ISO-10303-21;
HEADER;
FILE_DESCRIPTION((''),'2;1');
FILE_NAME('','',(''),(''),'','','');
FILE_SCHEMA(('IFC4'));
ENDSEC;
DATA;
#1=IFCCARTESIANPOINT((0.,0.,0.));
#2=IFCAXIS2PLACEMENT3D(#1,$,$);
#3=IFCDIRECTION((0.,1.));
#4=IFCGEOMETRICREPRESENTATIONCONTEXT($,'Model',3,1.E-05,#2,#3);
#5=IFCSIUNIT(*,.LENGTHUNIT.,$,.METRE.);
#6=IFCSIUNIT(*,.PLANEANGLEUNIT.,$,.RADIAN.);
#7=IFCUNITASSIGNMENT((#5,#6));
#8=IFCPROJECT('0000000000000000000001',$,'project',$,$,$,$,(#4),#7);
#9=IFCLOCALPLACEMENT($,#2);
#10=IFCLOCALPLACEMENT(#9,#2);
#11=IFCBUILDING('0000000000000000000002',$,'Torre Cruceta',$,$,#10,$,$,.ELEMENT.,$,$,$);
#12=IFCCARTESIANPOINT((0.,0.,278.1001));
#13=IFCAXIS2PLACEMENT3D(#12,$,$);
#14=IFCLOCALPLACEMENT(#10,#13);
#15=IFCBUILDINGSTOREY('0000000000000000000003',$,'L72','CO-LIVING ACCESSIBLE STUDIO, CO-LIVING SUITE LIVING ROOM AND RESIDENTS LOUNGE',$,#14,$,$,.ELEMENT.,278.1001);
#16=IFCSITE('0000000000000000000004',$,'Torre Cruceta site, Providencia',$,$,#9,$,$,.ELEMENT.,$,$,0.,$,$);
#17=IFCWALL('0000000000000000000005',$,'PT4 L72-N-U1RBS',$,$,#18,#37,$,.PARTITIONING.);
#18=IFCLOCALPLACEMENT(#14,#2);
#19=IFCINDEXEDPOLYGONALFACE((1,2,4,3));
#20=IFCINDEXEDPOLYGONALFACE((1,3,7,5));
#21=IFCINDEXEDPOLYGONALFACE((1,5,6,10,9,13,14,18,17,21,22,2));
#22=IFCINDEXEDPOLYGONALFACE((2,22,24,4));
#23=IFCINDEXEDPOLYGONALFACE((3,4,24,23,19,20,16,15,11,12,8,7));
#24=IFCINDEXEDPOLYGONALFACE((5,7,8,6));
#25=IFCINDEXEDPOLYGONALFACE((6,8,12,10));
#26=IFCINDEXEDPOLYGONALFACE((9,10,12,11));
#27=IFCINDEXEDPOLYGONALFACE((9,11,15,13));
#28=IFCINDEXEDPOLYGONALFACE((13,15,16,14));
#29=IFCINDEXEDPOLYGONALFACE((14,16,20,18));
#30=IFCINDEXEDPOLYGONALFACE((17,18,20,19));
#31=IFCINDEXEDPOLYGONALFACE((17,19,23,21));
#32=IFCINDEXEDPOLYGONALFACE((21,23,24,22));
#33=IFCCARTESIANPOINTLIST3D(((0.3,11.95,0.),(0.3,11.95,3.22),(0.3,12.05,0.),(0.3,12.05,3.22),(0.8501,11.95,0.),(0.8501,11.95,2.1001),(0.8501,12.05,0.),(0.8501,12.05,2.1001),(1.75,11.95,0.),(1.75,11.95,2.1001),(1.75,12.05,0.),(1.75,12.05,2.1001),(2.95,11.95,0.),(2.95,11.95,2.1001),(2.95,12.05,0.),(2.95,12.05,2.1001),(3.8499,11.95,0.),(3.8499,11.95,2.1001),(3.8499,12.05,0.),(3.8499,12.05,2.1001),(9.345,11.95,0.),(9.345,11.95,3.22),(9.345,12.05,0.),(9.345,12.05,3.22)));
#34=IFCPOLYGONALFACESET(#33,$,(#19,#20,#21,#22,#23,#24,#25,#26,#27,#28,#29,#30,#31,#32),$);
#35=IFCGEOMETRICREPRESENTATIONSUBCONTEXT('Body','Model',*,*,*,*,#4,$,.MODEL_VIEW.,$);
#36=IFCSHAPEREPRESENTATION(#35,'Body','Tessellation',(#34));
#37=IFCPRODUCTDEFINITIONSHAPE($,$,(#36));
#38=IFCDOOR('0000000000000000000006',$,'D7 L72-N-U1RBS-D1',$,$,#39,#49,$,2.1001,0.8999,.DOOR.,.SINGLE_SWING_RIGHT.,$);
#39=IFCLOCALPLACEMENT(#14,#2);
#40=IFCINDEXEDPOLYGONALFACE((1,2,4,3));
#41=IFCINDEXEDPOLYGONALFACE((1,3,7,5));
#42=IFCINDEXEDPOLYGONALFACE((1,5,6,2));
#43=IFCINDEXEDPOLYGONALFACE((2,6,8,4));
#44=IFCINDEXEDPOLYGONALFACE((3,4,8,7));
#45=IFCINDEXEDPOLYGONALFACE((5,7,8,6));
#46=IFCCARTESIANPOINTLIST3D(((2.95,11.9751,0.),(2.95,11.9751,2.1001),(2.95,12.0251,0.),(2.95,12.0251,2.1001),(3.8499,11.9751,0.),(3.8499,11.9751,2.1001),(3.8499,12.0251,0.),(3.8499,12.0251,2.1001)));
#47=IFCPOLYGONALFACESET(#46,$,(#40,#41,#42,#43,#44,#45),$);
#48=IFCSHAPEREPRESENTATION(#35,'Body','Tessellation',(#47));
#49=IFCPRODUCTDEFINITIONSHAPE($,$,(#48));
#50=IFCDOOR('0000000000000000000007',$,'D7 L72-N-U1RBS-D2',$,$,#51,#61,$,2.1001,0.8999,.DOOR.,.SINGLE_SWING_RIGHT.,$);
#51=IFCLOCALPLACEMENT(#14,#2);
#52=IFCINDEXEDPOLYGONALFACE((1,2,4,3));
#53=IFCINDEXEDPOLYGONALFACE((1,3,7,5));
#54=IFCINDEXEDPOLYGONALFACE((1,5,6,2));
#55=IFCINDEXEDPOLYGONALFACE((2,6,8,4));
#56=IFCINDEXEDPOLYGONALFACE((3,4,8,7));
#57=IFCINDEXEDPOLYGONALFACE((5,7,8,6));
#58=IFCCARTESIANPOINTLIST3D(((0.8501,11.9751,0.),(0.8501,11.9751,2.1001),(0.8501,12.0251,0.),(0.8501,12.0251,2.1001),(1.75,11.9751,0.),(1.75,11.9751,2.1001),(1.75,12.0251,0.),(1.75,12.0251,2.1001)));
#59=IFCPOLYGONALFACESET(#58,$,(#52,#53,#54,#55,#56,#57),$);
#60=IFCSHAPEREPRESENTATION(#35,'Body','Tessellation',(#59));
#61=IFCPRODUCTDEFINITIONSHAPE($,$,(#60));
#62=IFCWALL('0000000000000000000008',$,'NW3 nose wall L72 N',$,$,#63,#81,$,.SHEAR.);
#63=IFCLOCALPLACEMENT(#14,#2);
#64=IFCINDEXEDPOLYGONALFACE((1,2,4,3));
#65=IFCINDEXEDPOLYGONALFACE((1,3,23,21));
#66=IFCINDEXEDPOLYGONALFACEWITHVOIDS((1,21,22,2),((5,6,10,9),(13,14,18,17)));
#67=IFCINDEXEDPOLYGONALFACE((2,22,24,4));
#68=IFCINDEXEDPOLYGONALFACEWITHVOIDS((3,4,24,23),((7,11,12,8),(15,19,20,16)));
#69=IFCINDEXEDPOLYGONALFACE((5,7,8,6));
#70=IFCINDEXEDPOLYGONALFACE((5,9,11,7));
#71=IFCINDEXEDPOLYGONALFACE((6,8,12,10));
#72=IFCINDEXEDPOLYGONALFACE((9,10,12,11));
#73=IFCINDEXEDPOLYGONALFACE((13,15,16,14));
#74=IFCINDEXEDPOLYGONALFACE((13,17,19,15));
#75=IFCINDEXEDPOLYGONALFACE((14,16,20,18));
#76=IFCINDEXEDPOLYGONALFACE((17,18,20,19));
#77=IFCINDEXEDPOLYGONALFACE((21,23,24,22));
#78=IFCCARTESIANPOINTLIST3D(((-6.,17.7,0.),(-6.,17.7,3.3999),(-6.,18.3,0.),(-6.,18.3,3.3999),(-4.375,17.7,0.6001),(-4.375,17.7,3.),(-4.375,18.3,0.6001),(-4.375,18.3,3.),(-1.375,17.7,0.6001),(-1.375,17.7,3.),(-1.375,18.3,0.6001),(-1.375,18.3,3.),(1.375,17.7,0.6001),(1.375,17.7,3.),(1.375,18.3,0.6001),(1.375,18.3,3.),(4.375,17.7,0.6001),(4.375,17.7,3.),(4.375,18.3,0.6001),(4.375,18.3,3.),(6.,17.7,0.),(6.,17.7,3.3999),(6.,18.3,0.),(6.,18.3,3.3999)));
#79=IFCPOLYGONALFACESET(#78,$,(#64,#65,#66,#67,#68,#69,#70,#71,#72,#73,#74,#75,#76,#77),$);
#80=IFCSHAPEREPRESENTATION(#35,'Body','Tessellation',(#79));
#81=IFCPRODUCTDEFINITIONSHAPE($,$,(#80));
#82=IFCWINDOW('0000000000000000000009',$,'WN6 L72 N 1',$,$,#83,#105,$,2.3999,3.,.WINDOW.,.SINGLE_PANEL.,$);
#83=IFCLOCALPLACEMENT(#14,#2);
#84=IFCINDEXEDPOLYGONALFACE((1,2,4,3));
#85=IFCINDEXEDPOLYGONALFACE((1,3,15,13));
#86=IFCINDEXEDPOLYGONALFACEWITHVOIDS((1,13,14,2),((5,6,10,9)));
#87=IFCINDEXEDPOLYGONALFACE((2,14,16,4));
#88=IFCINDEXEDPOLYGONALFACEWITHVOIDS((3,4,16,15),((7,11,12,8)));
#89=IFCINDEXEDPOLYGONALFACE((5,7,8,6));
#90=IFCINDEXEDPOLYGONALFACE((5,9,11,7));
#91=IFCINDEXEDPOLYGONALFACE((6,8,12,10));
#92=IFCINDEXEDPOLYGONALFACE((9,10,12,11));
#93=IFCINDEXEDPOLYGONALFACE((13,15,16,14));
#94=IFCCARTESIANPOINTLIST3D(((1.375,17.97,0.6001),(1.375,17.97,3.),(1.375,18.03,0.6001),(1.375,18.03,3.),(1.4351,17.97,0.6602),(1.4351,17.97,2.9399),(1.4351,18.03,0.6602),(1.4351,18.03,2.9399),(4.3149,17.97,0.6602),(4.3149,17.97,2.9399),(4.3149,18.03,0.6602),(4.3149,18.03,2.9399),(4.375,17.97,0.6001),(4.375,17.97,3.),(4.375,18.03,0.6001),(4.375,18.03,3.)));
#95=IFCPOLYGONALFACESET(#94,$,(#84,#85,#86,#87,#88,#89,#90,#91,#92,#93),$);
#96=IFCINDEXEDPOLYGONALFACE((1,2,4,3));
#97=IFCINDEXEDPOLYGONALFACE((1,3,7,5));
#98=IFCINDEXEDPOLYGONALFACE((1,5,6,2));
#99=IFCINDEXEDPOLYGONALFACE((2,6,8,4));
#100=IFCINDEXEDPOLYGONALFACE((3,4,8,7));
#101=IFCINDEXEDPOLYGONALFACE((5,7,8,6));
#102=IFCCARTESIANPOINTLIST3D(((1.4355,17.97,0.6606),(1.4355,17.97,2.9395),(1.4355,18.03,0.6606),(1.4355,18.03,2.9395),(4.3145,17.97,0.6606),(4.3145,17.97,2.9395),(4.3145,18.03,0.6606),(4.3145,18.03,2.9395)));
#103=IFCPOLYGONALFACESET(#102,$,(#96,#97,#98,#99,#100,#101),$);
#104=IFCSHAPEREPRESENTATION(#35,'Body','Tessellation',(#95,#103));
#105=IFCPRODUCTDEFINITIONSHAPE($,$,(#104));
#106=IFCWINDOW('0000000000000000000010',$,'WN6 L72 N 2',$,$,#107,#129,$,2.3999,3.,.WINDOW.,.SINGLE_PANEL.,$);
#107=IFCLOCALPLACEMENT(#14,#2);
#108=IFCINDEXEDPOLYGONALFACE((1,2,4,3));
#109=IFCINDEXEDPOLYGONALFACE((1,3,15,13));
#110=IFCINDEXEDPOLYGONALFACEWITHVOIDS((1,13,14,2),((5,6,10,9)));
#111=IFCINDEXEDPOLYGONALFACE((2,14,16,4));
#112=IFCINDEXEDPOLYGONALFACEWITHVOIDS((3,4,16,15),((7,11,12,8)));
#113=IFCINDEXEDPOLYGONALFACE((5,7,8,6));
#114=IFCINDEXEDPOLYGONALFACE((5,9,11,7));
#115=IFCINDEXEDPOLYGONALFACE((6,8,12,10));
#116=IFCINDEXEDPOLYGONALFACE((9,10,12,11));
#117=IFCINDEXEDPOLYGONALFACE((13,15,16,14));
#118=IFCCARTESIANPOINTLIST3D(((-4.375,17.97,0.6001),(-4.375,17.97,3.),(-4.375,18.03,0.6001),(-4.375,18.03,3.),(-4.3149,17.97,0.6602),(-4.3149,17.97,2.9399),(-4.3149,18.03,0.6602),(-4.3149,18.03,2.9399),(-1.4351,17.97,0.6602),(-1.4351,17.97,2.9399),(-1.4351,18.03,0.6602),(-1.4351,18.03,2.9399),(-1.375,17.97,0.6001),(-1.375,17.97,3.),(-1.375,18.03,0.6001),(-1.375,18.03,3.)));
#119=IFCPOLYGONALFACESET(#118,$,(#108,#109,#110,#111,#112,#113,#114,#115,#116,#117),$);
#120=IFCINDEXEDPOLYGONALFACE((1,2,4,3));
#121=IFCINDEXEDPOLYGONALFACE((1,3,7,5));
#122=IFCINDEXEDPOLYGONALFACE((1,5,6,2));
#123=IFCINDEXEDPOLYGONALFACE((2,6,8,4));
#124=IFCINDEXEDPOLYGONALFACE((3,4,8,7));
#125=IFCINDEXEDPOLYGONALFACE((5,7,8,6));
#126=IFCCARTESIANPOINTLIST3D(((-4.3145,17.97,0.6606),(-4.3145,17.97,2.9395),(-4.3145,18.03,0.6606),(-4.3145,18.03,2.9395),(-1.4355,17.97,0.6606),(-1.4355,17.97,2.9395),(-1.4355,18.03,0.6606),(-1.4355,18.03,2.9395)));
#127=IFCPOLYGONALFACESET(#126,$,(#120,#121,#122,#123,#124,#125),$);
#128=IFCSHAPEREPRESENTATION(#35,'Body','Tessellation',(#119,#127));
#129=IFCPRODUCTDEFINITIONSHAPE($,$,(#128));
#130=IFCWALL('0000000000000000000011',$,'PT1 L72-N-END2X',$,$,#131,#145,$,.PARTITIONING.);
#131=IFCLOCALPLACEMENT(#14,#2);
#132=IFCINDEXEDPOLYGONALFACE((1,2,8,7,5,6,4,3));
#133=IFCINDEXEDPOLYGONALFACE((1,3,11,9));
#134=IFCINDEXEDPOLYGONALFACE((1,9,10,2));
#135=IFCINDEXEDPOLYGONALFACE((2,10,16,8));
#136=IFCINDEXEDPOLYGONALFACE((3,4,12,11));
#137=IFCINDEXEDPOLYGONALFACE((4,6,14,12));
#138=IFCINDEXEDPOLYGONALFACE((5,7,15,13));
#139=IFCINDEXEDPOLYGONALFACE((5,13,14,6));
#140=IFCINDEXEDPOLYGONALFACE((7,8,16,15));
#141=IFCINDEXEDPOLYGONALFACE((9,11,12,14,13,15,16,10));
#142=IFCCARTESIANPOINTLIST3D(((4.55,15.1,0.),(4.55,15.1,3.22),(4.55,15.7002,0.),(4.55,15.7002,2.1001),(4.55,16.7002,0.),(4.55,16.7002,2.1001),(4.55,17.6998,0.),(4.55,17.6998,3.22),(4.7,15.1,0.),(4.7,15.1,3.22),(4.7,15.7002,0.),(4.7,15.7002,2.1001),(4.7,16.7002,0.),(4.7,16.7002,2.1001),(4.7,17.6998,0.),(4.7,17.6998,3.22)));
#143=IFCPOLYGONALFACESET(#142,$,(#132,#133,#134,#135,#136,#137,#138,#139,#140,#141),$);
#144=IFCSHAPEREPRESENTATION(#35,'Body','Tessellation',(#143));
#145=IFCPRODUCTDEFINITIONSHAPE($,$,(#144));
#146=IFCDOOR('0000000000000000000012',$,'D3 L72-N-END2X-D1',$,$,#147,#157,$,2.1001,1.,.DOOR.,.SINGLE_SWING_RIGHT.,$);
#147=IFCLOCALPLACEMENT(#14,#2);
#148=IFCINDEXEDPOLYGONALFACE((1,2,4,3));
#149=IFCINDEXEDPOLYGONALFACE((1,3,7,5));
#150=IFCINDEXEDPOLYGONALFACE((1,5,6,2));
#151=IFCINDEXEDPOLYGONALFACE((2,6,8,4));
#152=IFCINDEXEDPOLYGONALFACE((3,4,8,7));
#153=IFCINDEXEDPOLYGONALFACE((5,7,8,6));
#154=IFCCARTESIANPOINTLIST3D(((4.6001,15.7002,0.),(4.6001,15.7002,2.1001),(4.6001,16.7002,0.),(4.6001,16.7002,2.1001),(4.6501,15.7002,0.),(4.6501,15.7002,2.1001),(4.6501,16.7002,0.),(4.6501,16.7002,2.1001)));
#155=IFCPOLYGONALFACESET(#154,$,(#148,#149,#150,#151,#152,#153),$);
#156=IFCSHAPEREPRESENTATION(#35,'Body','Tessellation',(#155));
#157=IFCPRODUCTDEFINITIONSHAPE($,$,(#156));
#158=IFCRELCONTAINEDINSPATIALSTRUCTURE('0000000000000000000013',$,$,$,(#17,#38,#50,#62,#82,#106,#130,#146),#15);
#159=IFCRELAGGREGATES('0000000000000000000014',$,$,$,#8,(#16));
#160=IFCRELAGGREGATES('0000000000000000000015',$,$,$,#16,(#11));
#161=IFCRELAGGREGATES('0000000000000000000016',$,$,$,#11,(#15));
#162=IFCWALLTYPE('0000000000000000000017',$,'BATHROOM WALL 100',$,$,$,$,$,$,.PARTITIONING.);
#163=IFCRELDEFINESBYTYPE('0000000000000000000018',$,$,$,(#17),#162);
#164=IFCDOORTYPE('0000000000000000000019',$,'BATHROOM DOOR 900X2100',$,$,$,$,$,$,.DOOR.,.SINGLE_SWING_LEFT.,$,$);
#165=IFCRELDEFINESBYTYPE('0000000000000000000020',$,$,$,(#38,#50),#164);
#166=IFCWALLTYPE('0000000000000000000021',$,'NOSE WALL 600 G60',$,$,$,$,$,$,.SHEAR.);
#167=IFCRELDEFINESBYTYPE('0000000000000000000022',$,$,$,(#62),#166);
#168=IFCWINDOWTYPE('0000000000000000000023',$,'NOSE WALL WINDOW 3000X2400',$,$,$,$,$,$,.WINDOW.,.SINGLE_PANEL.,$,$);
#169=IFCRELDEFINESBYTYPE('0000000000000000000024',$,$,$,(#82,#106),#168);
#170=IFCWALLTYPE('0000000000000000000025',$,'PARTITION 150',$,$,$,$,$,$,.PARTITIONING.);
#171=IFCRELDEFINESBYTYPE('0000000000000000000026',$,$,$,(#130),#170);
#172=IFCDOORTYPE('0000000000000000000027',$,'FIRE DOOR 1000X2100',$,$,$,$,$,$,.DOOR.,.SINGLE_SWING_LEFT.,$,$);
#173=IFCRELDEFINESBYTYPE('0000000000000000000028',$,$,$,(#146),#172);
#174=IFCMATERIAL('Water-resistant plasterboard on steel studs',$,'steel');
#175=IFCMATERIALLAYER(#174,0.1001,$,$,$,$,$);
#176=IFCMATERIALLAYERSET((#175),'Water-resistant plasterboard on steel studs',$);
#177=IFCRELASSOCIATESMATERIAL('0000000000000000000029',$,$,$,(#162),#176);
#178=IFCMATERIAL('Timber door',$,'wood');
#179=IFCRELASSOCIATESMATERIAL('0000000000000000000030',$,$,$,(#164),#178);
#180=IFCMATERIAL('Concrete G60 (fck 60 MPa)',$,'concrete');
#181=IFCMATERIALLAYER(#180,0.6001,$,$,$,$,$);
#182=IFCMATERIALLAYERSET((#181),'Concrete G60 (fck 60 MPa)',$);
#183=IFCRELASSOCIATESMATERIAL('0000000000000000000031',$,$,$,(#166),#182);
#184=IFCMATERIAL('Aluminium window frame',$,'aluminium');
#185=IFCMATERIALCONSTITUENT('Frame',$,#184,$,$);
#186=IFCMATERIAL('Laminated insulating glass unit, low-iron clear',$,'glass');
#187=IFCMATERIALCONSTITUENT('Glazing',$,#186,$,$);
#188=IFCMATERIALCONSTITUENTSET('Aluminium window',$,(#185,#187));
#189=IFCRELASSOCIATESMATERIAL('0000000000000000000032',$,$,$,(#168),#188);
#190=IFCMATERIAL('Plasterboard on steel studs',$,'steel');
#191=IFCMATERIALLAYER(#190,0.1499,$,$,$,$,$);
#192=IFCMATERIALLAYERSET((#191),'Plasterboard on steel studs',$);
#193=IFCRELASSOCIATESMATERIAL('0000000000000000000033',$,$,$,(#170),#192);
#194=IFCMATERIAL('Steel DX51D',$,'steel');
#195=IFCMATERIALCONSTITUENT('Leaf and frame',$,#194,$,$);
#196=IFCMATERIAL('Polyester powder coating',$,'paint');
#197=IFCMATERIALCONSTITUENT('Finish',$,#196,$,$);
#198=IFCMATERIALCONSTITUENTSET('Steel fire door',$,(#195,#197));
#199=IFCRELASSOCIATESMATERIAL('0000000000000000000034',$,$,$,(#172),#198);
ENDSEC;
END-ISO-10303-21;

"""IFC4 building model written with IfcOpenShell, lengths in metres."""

from ifc_helpers import new_model, si_unit, direction, frame, frame_2d, origin, place, context, subcontext, project, spatial, rectangle, hollow_rectangle, extrude, material, layer, layer_set, constituent, constituent_set, type_object, element, fill, save


model = new_model("IFC4")

# Units and contexts
model_context = context("Model", 3, precision=1e-05, world=origin(), true_north=direction((0.0, 1.0)))
body_context = subcontext(model_context, "Body", "Model", "MODEL_VIEW")
ifc_project = project(units=[si_unit("LENGTHUNIT", "METRE"), si_unit("PLANEANGLEUNIT", "RADIAN")], contexts=[model_context])

# Site, building, storey
site_placement = place(None, origin())
site = spatial("IfcSite", under=ifc_project, at=site_placement, Name="Torre Cruceta site, Providencia", CompositionType="ELEMENT", RefElevation=0.0)
building_placement = place(site_placement, origin())
building = spatial("IfcBuilding", under=site, at=building_placement, Name="Torre Cruceta", CompositionType="ELEMENT")
storey_placement = place(building_placement, frame((0.0, 0.0, 278.1001)))
storey = spatial("IfcBuildingStorey", under=building, at=storey_placement, Name="L72", Description="CO-LIVING ACCESSIBLE STUDIO, CO-LIVING SUITE LIVING ROOM AND RESIDENTS LOUNGE", CompositionType="ELEMENT", Elevation=278.1001)

# Shared definitions
ifc_material_1 = material(Name="Water-resistant plasterboard on steel studs", Category="steel")
ifc_layer_1 = layer(ifc_material_1, 0.1001)
ifc_layer_set_1 = layer_set([ifc_layer_1], Name="Water-resistant plasterboard on steel studs")
wall_type_1 = type_object("IfcWallType", Name="BATHROOM WALL 100", PredefinedType="PARTITIONING", material=ifc_layer_set_1)

# Wall, openings, doors
wall_1_placement = place(storey_placement, frame((9.345, 12.0, 0.0), z_axis=(0.0, 0.0, 1.0), x_axis=(-1.0, 0.0, 0.0)))
wall_1 = element("IfcWall", 1, at=wall_1_placement, inside=storey, type_object=wall_type_1, Name="PT4 L72-N-U1RBS", PredefinedType="PARTITIONING", context=body_context, shape_type="SweptSolid", body=[
    extrude(rectangle(XDim=9.0449, YDim=0.1001, at=frame_2d((4.5225, 0.0))), origin(), (0.0, 0.0, 1.0), 3.22),
])
opening_1_placement = place(wall_1_placement, frame((5.4951, 0.0, 0.0)))
opening_1 = element("IfcOpeningElement", 2, at=opening_1_placement, cuts=wall_1, PredefinedType="OPENING", context=body_context, shape_type="SweptSolid", body=[
    extrude(rectangle(XDim=0.8999, YDim=2.1001, at=frame_2d((0.45, 1.05))), frame((0.0, 0.0601, 0.0), z_axis=(0.0, -1.0, 0.0), x_axis=(1.0, 0.0, 0.0)), (0.0, 0.0, 1.0), 0.1201),
])
opening_2_placement = place(wall_1_placement, frame((7.595, 0.0, 0.0)))
opening_2 = element("IfcOpeningElement", 3, at=opening_2_placement, cuts=wall_1, PredefinedType="OPENING", context=body_context, shape_type="SweptSolid", body=[
    extrude(rectangle(XDim=0.8999, YDim=2.1001, at=frame_2d((0.45, 1.05))), frame((0.0, 0.0601, 0.0), z_axis=(0.0, -1.0, 0.0), x_axis=(1.0, 0.0, 0.0)), (0.0, 0.0, 1.0), 0.1201),
])
ifc_material_2 = material(Name="Timber door", Category="wood")
door_type_1 = type_object("IfcDoorType", Name="BATHROOM DOOR 900X2100", OperationType="SINGLE_SWING_LEFT", PredefinedType="DOOR", material=ifc_material_2)
door_1_placement = place(opening_1_placement, origin())
door_1 = element("IfcDoor", 4, at=door_1_placement, inside=storey, type_object=door_type_1, Name="D7 L72-N-U1RBS-D1", OperationType="SINGLE_SWING_RIGHT", OverallHeight=2.1001, OverallWidth=0.8999, PredefinedType="DOOR", context=body_context, shape_type="SweptSolid", body=[
    extrude(rectangle(XDim=0.8999, YDim=2.1001, at=frame_2d((0.45, 1.05))), frame((0.0, 0.0249, 0.0), z_axis=(0.0, -1.0, 0.0), x_axis=(1.0, 0.0, 0.0)), (0.0, 0.0, 1.0), 0.05),
])
fill(opening_1, door_1)
door_2_placement = place(opening_2_placement, origin())
door_2 = element("IfcDoor", 5, at=door_2_placement, inside=storey, type_object=door_type_1, Name="D7 L72-N-U1RBS-D2", OperationType="SINGLE_SWING_RIGHT", OverallHeight=2.1001, OverallWidth=0.8999, PredefinedType="DOOR", context=body_context, shape_type="SweptSolid", body=[
    extrude(rectangle(XDim=0.8999, YDim=2.1001, at=frame_2d((0.45, 1.05))), frame((0.0, 0.0249, 0.0), z_axis=(0.0, -1.0, 0.0), x_axis=(1.0, 0.0, 0.0)), (0.0, 0.0, 1.0), 0.05),
])
fill(opening_2, door_2)

# Wall, openings, windows
ifc_material_3 = material(Name="Concrete G60 (fck 60 MPa)", Category="concrete")
ifc_layer_2 = layer(ifc_material_3, 0.6001)
ifc_layer_set_2 = layer_set([ifc_layer_2], Name="Concrete G60 (fck 60 MPa)")
wall_type_2 = type_object("IfcWallType", Name="NOSE WALL 600 G60", PredefinedType="SHEAR", material=ifc_layer_set_2)
wall_2_placement = place(storey_placement, frame((6.0, 18.0, 0.0), z_axis=(0.0, 0.0, 1.0), x_axis=(-1.0, 0.0, 0.0)))
wall_2 = element("IfcWall", 6, at=wall_2_placement, inside=storey, type_object=wall_type_2, Name="NW3 nose wall L72 N", PredefinedType="SHEAR", context=body_context, shape_type="SweptSolid", body=[
    extrude(rectangle(XDim=12.0, YDim=0.6001, at=frame_2d((6.0, 0.0))), origin(), (0.0, 0.0, 1.0), 3.3999),
])
opening_3_placement = place(wall_2_placement, frame((1.625, 0.0, 0.6001)))
opening_3 = element("IfcOpeningElement", 7, at=opening_3_placement, cuts=wall_2, PredefinedType="OPENING", context=body_context, shape_type="SweptSolid", body=[
    extrude(rectangle(XDim=3.0, YDim=2.3999, at=frame_2d((1.5, 1.2))), frame((0.0, 0.3101, 0.0), z_axis=(0.0, -1.0, 0.0), x_axis=(1.0, 0.0, 0.0)), (0.0, 0.0, 1.0), 0.6201),
])
opening_4_placement = place(wall_2_placement, frame((7.375, 0.0, 0.6001)))
opening_4 = element("IfcOpeningElement", 8, at=opening_4_placement, cuts=wall_2, PredefinedType="OPENING", context=body_context, shape_type="SweptSolid", body=[
    extrude(rectangle(XDim=3.0, YDim=2.3999, at=frame_2d((1.5, 1.2))), frame((0.0, 0.3101, 0.0), z_axis=(0.0, -1.0, 0.0), x_axis=(1.0, 0.0, 0.0)), (0.0, 0.0, 1.0), 0.6201),
])
ifc_material_4 = material(Name="Aluminium window frame", Category="aluminium")
ifc_constituent_1 = constituent(ifc_material_4, Name="Frame")
ifc_material_5 = material(Name="Laminated insulating glass unit, low-iron clear", Category="glass")
ifc_constituent_2 = constituent(ifc_material_5, Name="Glazing")
ifc_constituent_set_1 = constituent_set(constituents=[ifc_constituent_1, ifc_constituent_2], Name="Aluminium window")
window_type = type_object("IfcWindowType", Name="NOSE WALL WINDOW 3000X2400", PartitioningType="SINGLE_PANEL", PredefinedType="WINDOW", material=ifc_constituent_set_1)
window_1_placement = place(opening_3_placement, origin())
window_1 = element("IfcWindow", 9, at=window_1_placement, inside=storey, type_object=window_type, Name="WN6 L72 N 1", OverallHeight=2.3999, OverallWidth=3.0, PartitioningType="SINGLE_PANEL", PredefinedType="WINDOW", context=body_context, shape_type="SweptSolid", body=[
    extrude(hollow_rectangle(XDim=3.0, YDim=2.3999, WallThickness=0.0601, at=frame_2d((1.5, 1.2))), frame((0.0, 0.03, 0.0), z_axis=(0.0, -1.0, 0.0), x_axis=(1.0, 0.0, 0.0)), (0.0, 0.0, 1.0), 0.0601),
    extrude(rectangle(XDim=2.8789, YDim=2.2788, at=frame_2d((1.5, 1.2))), frame((0.0, 0.03, 0.0), z_axis=(0.0, -1.0, 0.0), x_axis=(1.0, 0.0, 0.0)), (0.0, 0.0, 1.0), 0.0601),
])
fill(opening_3, window_1)
window_2_placement = place(opening_4_placement, origin())
window_2 = element("IfcWindow", 10, at=window_2_placement, inside=storey, type_object=window_type, Name="WN6 L72 N 2", OverallHeight=2.3999, OverallWidth=3.0, PartitioningType="SINGLE_PANEL", PredefinedType="WINDOW", context=body_context, shape_type="SweptSolid", body=[
    extrude(hollow_rectangle(XDim=3.0, YDim=2.3999, WallThickness=0.0601, at=frame_2d((1.5, 1.2))), frame((0.0, 0.03, 0.0), z_axis=(0.0, -1.0, 0.0), x_axis=(1.0, 0.0, 0.0)), (0.0, 0.0, 1.0), 0.0601),
    extrude(rectangle(XDim=2.8789, YDim=2.2788, at=frame_2d((1.5, 1.2))), frame((0.0, 0.03, 0.0), z_axis=(0.0, -1.0, 0.0), x_axis=(1.0, 0.0, 0.0)), (0.0, 0.0, 1.0), 0.0601),
])
fill(opening_4, window_2)

# Wall, opening, door
ifc_material_6 = material(Name="Plasterboard on steel studs", Category="steel")
ifc_layer_3 = layer(ifc_material_6, 0.1499)
ifc_layer_set_3 = layer_set([ifc_layer_3], Name="Plasterboard on steel studs")
wall_type_3 = type_object("IfcWallType", Name="PARTITION 150", PredefinedType="PARTITIONING", material=ifc_layer_set_3)
wall_3_placement = place(storey_placement, frame((4.625, 15.1001, 0.0), z_axis=(0.0, 0.0, 1.0), x_axis=(0.0, 1.0, 0.0)))
wall_3 = element("IfcWall", 11, at=wall_3_placement, inside=storey, type_object=wall_type_3, Name="PT1 L72-N-END2X", PredefinedType="PARTITIONING", context=body_context, shape_type="SweptSolid", body=[
    extrude(rectangle(XDim=2.5999, YDim=0.1499, at=frame_2d((1.2998, 0.0))), origin(), (0.0, 0.0, 1.0), 3.22),
])
opening_5_placement = place(wall_3_placement, frame((0.6001, 0.0, 0.0)))
opening_5 = element("IfcOpeningElement", 12, at=opening_5_placement, cuts=wall_3, PredefinedType="OPENING", context=body_context, shape_type="SweptSolid", body=[
    extrude(rectangle(XDim=1.0, YDim=2.1001, at=frame_2d((0.5, 1.05))), frame((0.0, 0.085, 0.0), z_axis=(0.0, -1.0, 0.0), x_axis=(1.0, 0.0, 0.0)), (0.0, 0.0, 1.0), 0.1699),
])
ifc_material_7 = material(Name="Steel DX51D", Category="steel")
ifc_constituent_3 = constituent(ifc_material_7, Name="Leaf and frame")
ifc_material_8 = material(Name="Polyester powder coating", Category="paint")
ifc_constituent_4 = constituent(ifc_material_8, Name="Finish")
ifc_constituent_set_2 = constituent_set(constituents=[ifc_constituent_3, ifc_constituent_4], Name="Steel fire door")
door_type_2 = type_object("IfcDoorType", Name="FIRE DOOR 1000X2100", OperationType="SINGLE_SWING_LEFT", PredefinedType="DOOR", material=ifc_constituent_set_2)
door_3_placement = place(opening_5_placement, frame((1.0, 0.0, 0.0), z_axis=(0.0, 0.0, 1.0), x_axis=(-1.0, 0.0, 0.0)))
door_3 = element("IfcDoor", 13, at=door_3_placement, inside=storey, type_object=door_type_2, Name="D3 L72-N-END2X-D1", OperationType="SINGLE_SWING_RIGHT", OverallHeight=2.1001, OverallWidth=1.0, PredefinedType="DOOR", context=body_context, shape_type="SweptSolid", body=[
    extrude(rectangle(XDim=1.0, YDim=2.1001, at=frame_2d((0.5, 1.05))), frame((0.0, 0.0251, 0.0), z_axis=(0.0, -1.0, 0.0), x_axis=(1.0, 0.0, 0.0)), (0.0, 0.0, 1.0), 0.05),
])
fill(opening_5, door_3)

save(model, "model.ifc")
